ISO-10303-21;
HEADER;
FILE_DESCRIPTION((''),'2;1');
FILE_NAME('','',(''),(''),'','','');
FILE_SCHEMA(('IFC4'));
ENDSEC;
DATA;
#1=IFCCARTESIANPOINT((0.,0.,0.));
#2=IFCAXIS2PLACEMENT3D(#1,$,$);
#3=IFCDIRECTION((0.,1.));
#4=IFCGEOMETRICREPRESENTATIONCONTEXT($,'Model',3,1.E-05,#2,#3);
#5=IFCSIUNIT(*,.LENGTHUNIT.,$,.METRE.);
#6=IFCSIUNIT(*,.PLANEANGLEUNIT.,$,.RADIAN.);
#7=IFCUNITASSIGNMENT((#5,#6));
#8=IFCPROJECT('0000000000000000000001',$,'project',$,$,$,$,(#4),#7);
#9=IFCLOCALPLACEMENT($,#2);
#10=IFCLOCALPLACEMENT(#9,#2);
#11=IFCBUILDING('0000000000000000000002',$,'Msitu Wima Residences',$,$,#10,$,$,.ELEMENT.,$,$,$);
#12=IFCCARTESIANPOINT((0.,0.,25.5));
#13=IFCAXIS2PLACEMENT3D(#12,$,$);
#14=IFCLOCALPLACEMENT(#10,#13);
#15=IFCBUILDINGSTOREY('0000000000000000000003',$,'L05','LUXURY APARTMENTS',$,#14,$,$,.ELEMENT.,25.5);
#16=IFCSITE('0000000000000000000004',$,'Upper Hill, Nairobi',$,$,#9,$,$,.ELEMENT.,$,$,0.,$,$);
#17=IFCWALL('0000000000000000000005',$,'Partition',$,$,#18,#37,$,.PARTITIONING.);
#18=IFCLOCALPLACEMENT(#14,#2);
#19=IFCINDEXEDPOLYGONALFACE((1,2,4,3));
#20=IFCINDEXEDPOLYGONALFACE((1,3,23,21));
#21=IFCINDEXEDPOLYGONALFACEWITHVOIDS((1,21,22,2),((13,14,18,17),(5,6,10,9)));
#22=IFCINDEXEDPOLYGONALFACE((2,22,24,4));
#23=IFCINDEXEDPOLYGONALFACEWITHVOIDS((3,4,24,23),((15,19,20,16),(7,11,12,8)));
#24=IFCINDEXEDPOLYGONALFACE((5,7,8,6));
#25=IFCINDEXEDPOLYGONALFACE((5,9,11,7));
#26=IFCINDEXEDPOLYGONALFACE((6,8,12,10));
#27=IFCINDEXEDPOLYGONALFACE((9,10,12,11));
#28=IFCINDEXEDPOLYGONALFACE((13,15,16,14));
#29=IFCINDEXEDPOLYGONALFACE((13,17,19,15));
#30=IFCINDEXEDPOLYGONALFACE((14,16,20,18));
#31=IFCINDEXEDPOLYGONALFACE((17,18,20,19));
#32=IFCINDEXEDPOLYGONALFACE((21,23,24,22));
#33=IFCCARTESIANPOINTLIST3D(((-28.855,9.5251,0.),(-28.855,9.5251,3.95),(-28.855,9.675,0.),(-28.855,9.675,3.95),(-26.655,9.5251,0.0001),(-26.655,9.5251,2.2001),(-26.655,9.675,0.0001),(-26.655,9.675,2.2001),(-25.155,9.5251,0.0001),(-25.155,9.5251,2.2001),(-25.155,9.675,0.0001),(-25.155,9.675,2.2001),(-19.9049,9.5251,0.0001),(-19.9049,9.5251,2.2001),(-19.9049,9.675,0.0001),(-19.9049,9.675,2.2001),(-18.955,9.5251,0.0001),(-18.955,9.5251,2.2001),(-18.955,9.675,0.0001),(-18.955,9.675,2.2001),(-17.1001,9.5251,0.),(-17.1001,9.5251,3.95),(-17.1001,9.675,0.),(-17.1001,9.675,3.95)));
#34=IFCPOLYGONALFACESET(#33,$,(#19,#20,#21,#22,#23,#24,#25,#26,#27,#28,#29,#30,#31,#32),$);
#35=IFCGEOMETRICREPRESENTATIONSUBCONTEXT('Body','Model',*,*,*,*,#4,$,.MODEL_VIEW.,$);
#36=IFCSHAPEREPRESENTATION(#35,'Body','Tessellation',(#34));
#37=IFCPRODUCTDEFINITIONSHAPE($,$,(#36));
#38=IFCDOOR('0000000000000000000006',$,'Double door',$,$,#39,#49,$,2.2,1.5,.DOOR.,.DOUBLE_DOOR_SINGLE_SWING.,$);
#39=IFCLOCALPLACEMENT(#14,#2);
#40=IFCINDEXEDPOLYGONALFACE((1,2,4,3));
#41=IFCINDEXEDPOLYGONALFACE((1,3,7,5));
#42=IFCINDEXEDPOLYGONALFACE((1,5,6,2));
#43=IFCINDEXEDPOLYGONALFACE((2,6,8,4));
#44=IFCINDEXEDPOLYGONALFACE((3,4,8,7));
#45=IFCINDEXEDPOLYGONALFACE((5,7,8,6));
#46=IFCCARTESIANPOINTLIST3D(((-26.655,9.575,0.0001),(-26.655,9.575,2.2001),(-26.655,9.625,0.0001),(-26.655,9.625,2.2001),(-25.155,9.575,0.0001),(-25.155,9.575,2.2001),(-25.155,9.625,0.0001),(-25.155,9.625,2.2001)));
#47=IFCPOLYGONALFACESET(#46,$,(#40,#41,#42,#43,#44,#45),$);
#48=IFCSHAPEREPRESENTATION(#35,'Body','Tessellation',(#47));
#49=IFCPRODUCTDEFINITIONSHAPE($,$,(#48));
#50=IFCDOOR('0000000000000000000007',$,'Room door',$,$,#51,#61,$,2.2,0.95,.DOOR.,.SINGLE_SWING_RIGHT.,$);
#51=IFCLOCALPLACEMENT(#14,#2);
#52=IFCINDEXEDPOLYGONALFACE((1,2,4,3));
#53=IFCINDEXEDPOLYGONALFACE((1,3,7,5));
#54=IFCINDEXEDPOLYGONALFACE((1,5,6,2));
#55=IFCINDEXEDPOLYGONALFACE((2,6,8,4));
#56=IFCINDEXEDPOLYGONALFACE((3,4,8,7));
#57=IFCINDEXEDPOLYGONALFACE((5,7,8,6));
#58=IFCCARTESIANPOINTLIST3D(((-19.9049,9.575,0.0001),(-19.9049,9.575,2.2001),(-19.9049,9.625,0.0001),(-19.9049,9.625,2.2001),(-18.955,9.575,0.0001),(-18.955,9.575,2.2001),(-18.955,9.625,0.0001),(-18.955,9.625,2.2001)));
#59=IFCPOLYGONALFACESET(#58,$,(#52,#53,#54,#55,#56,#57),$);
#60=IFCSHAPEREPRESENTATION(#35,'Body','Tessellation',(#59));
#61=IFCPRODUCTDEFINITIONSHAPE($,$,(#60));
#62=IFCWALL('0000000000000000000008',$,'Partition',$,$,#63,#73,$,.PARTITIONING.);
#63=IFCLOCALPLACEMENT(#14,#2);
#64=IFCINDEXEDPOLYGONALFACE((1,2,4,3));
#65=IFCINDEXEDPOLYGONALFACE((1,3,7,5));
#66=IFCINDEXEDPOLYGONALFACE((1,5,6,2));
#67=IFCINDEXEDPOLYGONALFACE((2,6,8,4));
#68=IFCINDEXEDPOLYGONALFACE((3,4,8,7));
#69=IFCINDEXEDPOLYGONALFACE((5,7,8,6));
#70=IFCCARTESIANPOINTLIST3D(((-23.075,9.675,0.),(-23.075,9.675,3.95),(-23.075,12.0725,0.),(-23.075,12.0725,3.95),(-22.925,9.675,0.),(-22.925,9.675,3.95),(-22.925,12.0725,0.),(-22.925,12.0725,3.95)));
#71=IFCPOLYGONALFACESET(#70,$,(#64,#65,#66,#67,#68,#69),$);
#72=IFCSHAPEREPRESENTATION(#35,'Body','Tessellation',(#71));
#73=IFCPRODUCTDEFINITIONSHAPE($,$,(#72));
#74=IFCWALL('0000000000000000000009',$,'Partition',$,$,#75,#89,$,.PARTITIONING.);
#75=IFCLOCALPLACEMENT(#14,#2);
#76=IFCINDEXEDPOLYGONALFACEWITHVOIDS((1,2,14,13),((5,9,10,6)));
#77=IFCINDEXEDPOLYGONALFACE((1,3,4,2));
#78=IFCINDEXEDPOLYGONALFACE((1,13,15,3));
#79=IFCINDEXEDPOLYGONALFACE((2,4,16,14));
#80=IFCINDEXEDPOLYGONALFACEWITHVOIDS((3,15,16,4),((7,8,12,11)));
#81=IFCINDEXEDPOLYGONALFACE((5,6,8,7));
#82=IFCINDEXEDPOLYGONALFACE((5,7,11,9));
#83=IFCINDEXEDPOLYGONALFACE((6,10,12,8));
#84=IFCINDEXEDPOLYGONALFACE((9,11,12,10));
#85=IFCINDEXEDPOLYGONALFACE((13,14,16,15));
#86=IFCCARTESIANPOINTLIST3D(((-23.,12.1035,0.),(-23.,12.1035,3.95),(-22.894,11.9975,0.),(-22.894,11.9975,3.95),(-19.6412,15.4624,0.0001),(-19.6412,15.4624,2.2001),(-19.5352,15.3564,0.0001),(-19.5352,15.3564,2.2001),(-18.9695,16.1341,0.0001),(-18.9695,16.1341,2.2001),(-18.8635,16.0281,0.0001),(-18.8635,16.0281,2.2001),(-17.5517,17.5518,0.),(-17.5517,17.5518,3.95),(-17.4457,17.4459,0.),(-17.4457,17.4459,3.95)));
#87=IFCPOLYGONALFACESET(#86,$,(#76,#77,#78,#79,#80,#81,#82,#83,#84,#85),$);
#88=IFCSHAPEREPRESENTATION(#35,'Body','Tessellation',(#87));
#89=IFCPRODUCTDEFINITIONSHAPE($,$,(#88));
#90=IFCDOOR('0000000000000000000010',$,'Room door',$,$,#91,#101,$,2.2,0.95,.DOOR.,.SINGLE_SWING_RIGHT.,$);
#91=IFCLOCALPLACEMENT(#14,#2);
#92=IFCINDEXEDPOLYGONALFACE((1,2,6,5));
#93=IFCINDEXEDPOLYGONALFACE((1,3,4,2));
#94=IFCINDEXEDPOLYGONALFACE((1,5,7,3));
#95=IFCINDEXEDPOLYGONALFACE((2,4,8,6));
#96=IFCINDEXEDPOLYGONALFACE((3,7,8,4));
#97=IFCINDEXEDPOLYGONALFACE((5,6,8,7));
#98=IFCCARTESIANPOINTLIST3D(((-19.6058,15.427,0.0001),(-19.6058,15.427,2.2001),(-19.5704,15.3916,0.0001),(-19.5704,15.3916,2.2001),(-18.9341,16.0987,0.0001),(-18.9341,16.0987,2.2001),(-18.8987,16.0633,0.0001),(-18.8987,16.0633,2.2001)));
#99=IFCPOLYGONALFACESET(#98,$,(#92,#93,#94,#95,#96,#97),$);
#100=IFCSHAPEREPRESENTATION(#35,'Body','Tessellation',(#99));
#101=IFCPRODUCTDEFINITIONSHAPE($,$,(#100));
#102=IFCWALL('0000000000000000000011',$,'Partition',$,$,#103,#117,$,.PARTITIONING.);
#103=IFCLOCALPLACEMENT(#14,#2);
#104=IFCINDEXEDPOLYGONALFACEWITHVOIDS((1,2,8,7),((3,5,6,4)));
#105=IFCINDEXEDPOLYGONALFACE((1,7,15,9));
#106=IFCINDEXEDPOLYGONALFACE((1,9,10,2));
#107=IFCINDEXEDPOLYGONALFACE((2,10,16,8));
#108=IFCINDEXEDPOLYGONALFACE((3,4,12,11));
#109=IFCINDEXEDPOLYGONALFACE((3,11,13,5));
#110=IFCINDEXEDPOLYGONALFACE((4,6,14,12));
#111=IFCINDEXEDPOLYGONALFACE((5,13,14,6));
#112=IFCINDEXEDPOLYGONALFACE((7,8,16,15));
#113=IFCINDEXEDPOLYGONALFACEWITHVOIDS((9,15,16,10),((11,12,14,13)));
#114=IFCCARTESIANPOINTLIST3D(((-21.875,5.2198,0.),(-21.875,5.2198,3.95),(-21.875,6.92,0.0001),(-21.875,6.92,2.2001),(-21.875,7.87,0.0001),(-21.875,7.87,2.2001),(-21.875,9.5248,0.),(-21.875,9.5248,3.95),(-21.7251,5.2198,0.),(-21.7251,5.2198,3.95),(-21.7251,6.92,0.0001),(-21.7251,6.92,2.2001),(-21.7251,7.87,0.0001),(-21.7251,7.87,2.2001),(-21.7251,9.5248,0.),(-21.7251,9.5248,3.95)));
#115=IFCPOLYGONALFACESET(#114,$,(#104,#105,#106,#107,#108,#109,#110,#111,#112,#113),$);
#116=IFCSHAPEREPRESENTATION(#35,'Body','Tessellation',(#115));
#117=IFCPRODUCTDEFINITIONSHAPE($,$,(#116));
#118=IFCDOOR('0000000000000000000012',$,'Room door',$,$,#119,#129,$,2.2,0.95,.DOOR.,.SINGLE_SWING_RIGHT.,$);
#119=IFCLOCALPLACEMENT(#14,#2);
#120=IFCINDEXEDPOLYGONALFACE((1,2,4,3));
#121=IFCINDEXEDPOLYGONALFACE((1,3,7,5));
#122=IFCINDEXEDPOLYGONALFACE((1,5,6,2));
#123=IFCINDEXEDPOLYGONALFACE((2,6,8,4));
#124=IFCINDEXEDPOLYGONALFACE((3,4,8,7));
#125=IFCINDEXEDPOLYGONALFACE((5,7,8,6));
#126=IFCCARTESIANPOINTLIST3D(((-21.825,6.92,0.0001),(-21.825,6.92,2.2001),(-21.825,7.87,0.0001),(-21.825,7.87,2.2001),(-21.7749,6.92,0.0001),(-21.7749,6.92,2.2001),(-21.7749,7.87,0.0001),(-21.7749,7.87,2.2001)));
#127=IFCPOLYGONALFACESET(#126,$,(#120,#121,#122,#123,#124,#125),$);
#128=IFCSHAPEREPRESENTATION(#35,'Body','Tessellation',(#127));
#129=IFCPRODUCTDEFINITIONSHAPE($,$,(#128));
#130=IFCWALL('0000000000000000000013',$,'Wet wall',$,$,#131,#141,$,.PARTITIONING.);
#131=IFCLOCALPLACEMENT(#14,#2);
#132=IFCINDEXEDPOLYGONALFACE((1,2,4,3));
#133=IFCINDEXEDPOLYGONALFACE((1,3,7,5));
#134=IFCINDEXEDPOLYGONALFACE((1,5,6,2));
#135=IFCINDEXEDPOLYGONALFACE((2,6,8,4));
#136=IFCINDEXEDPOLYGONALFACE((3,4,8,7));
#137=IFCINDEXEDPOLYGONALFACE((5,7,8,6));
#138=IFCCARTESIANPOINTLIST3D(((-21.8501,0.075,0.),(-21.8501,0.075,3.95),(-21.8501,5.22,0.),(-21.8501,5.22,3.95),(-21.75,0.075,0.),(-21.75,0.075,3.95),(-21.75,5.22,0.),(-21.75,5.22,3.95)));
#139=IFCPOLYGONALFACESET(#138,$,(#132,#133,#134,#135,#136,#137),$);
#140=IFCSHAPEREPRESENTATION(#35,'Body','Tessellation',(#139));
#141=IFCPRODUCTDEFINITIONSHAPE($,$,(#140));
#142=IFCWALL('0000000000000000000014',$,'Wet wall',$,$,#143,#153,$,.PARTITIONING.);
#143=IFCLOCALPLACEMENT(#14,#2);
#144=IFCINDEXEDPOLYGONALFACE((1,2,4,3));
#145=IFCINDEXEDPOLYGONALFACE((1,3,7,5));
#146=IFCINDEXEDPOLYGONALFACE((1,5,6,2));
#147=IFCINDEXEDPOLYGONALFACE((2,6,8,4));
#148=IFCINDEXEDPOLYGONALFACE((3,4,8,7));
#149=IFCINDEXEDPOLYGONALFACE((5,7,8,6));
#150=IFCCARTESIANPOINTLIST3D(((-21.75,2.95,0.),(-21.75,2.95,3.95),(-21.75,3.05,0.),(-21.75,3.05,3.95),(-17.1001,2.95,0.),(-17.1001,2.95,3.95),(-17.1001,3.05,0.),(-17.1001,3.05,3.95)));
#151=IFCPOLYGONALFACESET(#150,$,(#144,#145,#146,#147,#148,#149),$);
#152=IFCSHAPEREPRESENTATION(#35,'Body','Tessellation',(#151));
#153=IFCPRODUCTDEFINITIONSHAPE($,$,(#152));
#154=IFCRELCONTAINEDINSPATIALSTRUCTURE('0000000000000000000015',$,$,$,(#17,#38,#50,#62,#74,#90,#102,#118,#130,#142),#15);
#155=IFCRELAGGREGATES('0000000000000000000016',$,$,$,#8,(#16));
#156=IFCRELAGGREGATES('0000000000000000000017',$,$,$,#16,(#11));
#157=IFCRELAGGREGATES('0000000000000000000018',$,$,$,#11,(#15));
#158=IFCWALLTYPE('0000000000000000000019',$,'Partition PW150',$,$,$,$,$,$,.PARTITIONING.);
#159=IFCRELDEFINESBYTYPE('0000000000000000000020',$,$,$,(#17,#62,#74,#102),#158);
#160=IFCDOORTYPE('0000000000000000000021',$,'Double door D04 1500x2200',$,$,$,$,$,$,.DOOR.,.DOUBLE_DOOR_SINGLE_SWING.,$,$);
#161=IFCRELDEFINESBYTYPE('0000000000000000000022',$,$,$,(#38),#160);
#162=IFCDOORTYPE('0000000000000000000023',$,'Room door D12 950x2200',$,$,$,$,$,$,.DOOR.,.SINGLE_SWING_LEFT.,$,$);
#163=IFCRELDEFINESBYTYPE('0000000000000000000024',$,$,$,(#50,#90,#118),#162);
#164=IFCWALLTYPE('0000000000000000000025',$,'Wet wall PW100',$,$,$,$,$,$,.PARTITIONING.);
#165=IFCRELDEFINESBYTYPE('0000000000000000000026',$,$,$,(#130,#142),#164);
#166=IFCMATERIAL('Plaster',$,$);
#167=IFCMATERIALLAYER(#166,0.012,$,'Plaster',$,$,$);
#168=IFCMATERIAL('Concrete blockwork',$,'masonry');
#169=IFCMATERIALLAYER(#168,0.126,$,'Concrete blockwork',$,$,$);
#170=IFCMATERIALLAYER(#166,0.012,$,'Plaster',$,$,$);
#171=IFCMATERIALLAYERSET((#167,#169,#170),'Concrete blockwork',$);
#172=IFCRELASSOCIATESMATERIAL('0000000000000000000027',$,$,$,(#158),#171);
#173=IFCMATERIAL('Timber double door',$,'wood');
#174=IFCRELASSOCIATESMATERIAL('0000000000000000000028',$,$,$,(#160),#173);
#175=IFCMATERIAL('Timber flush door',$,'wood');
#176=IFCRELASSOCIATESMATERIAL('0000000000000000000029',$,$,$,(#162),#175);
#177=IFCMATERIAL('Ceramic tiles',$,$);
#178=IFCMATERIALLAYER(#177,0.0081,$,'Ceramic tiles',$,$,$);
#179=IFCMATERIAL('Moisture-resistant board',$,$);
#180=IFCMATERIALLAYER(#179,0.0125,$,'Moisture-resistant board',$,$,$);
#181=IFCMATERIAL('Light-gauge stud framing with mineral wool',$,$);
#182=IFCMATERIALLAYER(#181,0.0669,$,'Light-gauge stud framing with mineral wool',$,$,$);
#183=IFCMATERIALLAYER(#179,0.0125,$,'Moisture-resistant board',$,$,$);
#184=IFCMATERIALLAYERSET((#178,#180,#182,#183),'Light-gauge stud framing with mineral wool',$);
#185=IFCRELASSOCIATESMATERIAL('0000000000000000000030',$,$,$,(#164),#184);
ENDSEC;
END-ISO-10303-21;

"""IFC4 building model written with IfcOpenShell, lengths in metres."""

from ifc_helpers import new_model, si_unit, direction, frame, frame_2d, origin, place, context, subcontext, project, spatial, rectangle, extrude, material, layer, layer_set, type_object, element, fill, save


model = new_model("IFC4")

# Units and contexts
model_context = context("Model", 3, precision=1e-05, world=origin(), true_north=direction((0.0, 1.0)))
body_context = subcontext(model_context, "Body", "Model", "MODEL_VIEW")
ifc_project = project(units=[si_unit("LENGTHUNIT", "METRE"), si_unit("PLANEANGLEUNIT", "RADIAN")], contexts=[model_context])

# Site, building, storey
site_placement = place(None, origin())
site = spatial("IfcSite", under=ifc_project, at=site_placement, Name="Upper Hill, Nairobi", CompositionType="ELEMENT", RefElevation=0.0)
building_placement = place(site_placement, origin())
building = spatial("IfcBuilding", under=site, at=building_placement, Name="Msitu Wima Residences", CompositionType="ELEMENT")
storey_placement = place(building_placement, frame((0.0, 0.0, 25.5)))
storey = spatial("IfcBuildingStorey", under=building, at=storey_placement, Name="L05", Description="LUXURY APARTMENTS", CompositionType="ELEMENT", Elevation=25.5)

# Wall, openings, doors
ifc_material_1 = material(Name="Plaster")
ifc_layer_1 = layer(ifc_material_1, 0.012, Name="Plaster")
ifc_material_2 = material(Name="Concrete blockwork", Category="masonry")
ifc_layer_2 = layer(ifc_material_2, 0.126, Name="Concrete blockwork")
ifc_layer_3 = layer(ifc_material_1, 0.012, Name="Plaster")
ifc_layer_set_1 = layer_set([ifc_layer_1, ifc_layer_2, ifc_layer_3], Name="Concrete blockwork")
wall_type_1 = type_object("IfcWallType", Name="Partition PW150", PredefinedType="PARTITIONING", material=ifc_layer_set_1)
wall_1_placement = place(storey_placement, frame((-28.855, 9.6001, 0.0), z_axis=(0.0, 0.0, 1.0), x_axis=(1.0, 0.0, 0.0)))
wall_1 = element("IfcWall", 1, at=wall_1_placement, inside=storey, type_object=wall_type_1, Name="Partition", PredefinedType="PARTITIONING", context=body_context, shape_type="SweptSolid", body=[
    extrude(rectangle(XDim=11.7549, YDim=0.1499, at=frame_2d((5.8774, 0.0))), origin(), (0.0, 0.0, 1.0), 3.95),
])
opening_1_placement = place(wall_1_placement, frame((8.95, 0.0, 0.0)))
opening_1 = element("IfcOpeningElement", 2, at=opening_1_placement, cuts=wall_1, PredefinedType="OPENING", context=body_context, shape_type="SweptSolid", body=[
    extrude(rectangle(XDim=0.95, YDim=2.2, at=frame_2d((0.4751, 1.1001))), frame((0.0, 0.085, 0.0), z_axis=(0.0, -1.0, 0.0), x_axis=(1.0, 0.0, 0.0)), (0.0, 0.0, 1.0), 0.1699),
])
opening_2_placement = place(wall_1_placement, frame((2.2, 0.0, 0.0)))
opening_2 = element("IfcOpeningElement", 3, at=opening_2_placement, cuts=wall_1, PredefinedType="OPENING", context=body_context, shape_type="SweptSolid", body=[
    extrude(rectangle(XDim=1.5, YDim=2.2, at=frame_2d((0.75, 1.1001))), frame((0.0, 0.085, 0.0), z_axis=(0.0, -1.0, 0.0), x_axis=(1.0, 0.0, 0.0)), (0.0, 0.0, 1.0), 0.1699),
])
ifc_material_3 = material(Name="Timber double door", Category="wood")
door_type_1 = type_object("IfcDoorType", Name="Double door D04 1500x2200", OperationType="DOUBLE_DOOR_SINGLE_SWING", PredefinedType="DOOR", material=ifc_material_3)
door_1_placement = place(opening_2_placement, origin())
door_1 = element("IfcDoor", 4, at=door_1_placement, inside=storey, type_object=door_type_1, Name="Double door", OperationType="DOUBLE_DOOR_SINGLE_SWING", OverallHeight=2.2, OverallWidth=1.5, PredefinedType="DOOR", context=body_context, shape_type="SweptSolid", body=[
    extrude(rectangle(XDim=1.5, YDim=2.2, at=frame_2d((0.75, 1.1001))), frame((0.0, 0.0249, 0.0), z_axis=(0.0, -1.0, 0.0), x_axis=(1.0, 0.0, 0.0)), (0.0, 0.0, 1.0), 0.05),
])
fill(opening_2, door_1)
ifc_material_4 = material(Name="Timber flush door", Category="wood")
door_type_2 = type_object("IfcDoorType", Name="Room door D12 950x2200", OperationType="SINGLE_SWING_LEFT", PredefinedType="DOOR", material=ifc_material_4)
door_2_placement = place(opening_1_placement, origin())
door_2 = element("IfcDoor", 5, at=door_2_placement, inside=storey, type_object=door_type_2, Name="Room door", OperationType="SINGLE_SWING_RIGHT", OverallHeight=2.2, OverallWidth=0.95, PredefinedType="DOOR", context=body_context, shape_type="SweptSolid", body=[
    extrude(rectangle(XDim=0.95, YDim=2.2, at=frame_2d((0.4751, 1.1001))), frame((0.0, 0.0249, 0.0), z_axis=(0.0, -1.0, 0.0), x_axis=(1.0, 0.0, 0.0)), (0.0, 0.0, 1.0), 0.05),
])
fill(opening_1, door_2)

# Wall
wall_2_placement = place(storey_placement, frame((-23.0, 9.675, 0.0), z_axis=(0.0, 0.0, 1.0), x_axis=(0.0, 1.0, 0.0)))
element("IfcWall", 6, at=wall_2_placement, inside=storey, type_object=wall_type_1, Name="Partition", PredefinedType="PARTITIONING", context=body_context, shape_type="SweptSolid", body=[
    extrude(rectangle(XDim=2.3975, YDim=0.1499, at=frame_2d((1.1987, 0.0))), origin(), (0.0, 0.0, 1.0), 3.95),
])

# Walls, openings, doors
wall_3_placement = place(storey_placement, frame((-22.947, 12.0505, 0.0), z_axis=(0.0, 0.0, 1.0), x_axis=(0.707107, 0.707107, 0.0)))
wall_3 = element("IfcWall", 7, at=wall_3_placement, inside=storey, type_object=wall_type_1, Name="Partition", PredefinedType="PARTITIONING", context=body_context, shape_type="SweptSolid", body=[
    extrude(rectangle(XDim=7.7051, YDim=0.1499, at=frame_2d((3.8525, 0.0))), origin(), (0.0, 0.0, 1.0), 3.95),
])
opening_3_placement = place(wall_3_placement, frame((4.75, 0.0, 0.0)))
opening_3 = element("IfcOpeningElement", 8, at=opening_3_placement, cuts=wall_3, PredefinedType="OPENING", context=body_context, shape_type="SweptSolid", body=[
    extrude(rectangle(XDim=0.95, YDim=2.2, at=frame_2d((0.4751, 1.1001))), frame((0.0, 0.085, 0.0), z_axis=(0.0, -1.0, 0.0), x_axis=(1.0, 0.0, 0.0)), (0.0, 0.0, 1.0), 0.1699),
])
door_3_placement = place(opening_3_placement, origin())
door_3 = element("IfcDoor", 9, at=door_3_placement, inside=storey, type_object=door_type_2, Name="Room door", OperationType="SINGLE_SWING_RIGHT", OverallHeight=2.2, OverallWidth=0.95, PredefinedType="DOOR", context=body_context, shape_type="SweptSolid", body=[
    extrude(rectangle(XDim=0.95, YDim=2.2, at=frame_2d((0.4751, 1.1001))), frame((0.0, 0.0249, 0.0), z_axis=(0.0, -1.0, 0.0), x_axis=(1.0, 0.0, 0.0)), (0.0, 0.0, 1.0), 0.05),
])
fill(opening_3, door_3)
wall_4_placement = place(storey_placement, frame((-21.8, 5.22, 0.0), z_axis=(0.0, 0.0, 1.0), x_axis=(0.0, 1.0, 0.0)))
wall_4 = element("IfcWall", 10, at=wall_4_placement, inside=storey, type_object=wall_type_1, Name="Partition", PredefinedType="PARTITIONING", context=body_context, shape_type="SweptSolid", body=[
    extrude(rectangle(XDim=4.3049, YDim=0.1499, at=frame_2d((2.1523, 0.0))), origin(), (0.0, 0.0, 1.0), 3.95),
])
opening_4_placement = place(wall_4_placement, frame((1.7, 0.0, 0.0)))
opening_4 = element("IfcOpeningElement", 11, at=opening_4_placement, cuts=wall_4, PredefinedType="OPENING", context=body_context, shape_type="SweptSolid", body=[
    extrude(rectangle(XDim=0.95, YDim=2.2, at=frame_2d((0.4751, 1.1001))), frame((0.0, 0.085, 0.0), z_axis=(0.0, -1.0, 0.0), x_axis=(1.0, 0.0, 0.0)), (0.0, 0.0, 1.0), 0.1699),
])
door_4_placement = place(opening_4_placement, origin())
door_4 = element("IfcDoor", 12, at=door_4_placement, inside=storey, type_object=door_type_2, Name="Room door", OperationType="SINGLE_SWING_RIGHT", OverallHeight=2.2, OverallWidth=0.95, PredefinedType="DOOR", context=body_context, shape_type="SweptSolid", body=[
    extrude(rectangle(XDim=0.95, YDim=2.2, at=frame_2d((0.4751, 1.1001))), frame((0.0, 0.0249, 0.0), z_axis=(0.0, -1.0, 0.0), x_axis=(1.0, 0.0, 0.0)), (0.0, 0.0, 1.0), 0.05),
])
fill(opening_4, door_4)

# Walls
ifc_material_5 = material(Name="Ceramic tiles")
ifc_layer_4 = layer(ifc_material_5, 0.0081, Name="Ceramic tiles")
ifc_material_6 = material(Name="Moisture-resistant board")
ifc_layer_5 = layer(ifc_material_6, 0.0125, Name="Moisture-resistant board")
ifc_material_7 = material(Name="Light-gauge stud framing with mineral wool")
ifc_layer_6 = layer(ifc_material_7, 0.0669, Name="Light-gauge stud framing with mineral wool")
ifc_layer_7 = layer(ifc_material_6, 0.0125, Name="Moisture-resistant board")
ifc_layer_set_2 = layer_set([ifc_layer_4, ifc_layer_5, ifc_layer_6, ifc_layer_7], Name="Light-gauge stud framing with mineral wool")
wall_type_2 = type_object("IfcWallType", Name="Wet wall PW100", PredefinedType="PARTITIONING", material=ifc_layer_set_2)
wall_5_placement = place(storey_placement, frame((-21.8, 0.075, 0.0), z_axis=(0.0, 0.0, 1.0), x_axis=(0.0, 1.0, 0.0)))
element("IfcWall", 13, at=wall_5_placement, inside=storey, type_object=wall_type_2, Name="Wet wall", PredefinedType="PARTITIONING", context=body_context, shape_type="SweptSolid", body=[
    extrude(rectangle(XDim=5.145, YDim=0.1001, at=frame_2d((2.5725, 0.0))), origin(), (0.0, 0.0, 1.0), 3.95),
])
wall_6_placement = place(storey_placement, frame((-21.75, 3.0, 0.0), z_axis=(0.0, 0.0, 1.0), x_axis=(1.0, 0.0, 0.0)))
element("IfcWall", 14, at=wall_6_placement, inside=storey, type_object=wall_type_2, Name="Wet wall", PredefinedType="PARTITIONING", context=body_context, shape_type="SweptSolid", body=[
    extrude(rectangle(XDim=4.6499, YDim=0.1001, at=frame_2d((2.325, 0.0))), origin(), (0.0, 0.0, 1.0), 3.95),
])

save(model, "model.ifc")
